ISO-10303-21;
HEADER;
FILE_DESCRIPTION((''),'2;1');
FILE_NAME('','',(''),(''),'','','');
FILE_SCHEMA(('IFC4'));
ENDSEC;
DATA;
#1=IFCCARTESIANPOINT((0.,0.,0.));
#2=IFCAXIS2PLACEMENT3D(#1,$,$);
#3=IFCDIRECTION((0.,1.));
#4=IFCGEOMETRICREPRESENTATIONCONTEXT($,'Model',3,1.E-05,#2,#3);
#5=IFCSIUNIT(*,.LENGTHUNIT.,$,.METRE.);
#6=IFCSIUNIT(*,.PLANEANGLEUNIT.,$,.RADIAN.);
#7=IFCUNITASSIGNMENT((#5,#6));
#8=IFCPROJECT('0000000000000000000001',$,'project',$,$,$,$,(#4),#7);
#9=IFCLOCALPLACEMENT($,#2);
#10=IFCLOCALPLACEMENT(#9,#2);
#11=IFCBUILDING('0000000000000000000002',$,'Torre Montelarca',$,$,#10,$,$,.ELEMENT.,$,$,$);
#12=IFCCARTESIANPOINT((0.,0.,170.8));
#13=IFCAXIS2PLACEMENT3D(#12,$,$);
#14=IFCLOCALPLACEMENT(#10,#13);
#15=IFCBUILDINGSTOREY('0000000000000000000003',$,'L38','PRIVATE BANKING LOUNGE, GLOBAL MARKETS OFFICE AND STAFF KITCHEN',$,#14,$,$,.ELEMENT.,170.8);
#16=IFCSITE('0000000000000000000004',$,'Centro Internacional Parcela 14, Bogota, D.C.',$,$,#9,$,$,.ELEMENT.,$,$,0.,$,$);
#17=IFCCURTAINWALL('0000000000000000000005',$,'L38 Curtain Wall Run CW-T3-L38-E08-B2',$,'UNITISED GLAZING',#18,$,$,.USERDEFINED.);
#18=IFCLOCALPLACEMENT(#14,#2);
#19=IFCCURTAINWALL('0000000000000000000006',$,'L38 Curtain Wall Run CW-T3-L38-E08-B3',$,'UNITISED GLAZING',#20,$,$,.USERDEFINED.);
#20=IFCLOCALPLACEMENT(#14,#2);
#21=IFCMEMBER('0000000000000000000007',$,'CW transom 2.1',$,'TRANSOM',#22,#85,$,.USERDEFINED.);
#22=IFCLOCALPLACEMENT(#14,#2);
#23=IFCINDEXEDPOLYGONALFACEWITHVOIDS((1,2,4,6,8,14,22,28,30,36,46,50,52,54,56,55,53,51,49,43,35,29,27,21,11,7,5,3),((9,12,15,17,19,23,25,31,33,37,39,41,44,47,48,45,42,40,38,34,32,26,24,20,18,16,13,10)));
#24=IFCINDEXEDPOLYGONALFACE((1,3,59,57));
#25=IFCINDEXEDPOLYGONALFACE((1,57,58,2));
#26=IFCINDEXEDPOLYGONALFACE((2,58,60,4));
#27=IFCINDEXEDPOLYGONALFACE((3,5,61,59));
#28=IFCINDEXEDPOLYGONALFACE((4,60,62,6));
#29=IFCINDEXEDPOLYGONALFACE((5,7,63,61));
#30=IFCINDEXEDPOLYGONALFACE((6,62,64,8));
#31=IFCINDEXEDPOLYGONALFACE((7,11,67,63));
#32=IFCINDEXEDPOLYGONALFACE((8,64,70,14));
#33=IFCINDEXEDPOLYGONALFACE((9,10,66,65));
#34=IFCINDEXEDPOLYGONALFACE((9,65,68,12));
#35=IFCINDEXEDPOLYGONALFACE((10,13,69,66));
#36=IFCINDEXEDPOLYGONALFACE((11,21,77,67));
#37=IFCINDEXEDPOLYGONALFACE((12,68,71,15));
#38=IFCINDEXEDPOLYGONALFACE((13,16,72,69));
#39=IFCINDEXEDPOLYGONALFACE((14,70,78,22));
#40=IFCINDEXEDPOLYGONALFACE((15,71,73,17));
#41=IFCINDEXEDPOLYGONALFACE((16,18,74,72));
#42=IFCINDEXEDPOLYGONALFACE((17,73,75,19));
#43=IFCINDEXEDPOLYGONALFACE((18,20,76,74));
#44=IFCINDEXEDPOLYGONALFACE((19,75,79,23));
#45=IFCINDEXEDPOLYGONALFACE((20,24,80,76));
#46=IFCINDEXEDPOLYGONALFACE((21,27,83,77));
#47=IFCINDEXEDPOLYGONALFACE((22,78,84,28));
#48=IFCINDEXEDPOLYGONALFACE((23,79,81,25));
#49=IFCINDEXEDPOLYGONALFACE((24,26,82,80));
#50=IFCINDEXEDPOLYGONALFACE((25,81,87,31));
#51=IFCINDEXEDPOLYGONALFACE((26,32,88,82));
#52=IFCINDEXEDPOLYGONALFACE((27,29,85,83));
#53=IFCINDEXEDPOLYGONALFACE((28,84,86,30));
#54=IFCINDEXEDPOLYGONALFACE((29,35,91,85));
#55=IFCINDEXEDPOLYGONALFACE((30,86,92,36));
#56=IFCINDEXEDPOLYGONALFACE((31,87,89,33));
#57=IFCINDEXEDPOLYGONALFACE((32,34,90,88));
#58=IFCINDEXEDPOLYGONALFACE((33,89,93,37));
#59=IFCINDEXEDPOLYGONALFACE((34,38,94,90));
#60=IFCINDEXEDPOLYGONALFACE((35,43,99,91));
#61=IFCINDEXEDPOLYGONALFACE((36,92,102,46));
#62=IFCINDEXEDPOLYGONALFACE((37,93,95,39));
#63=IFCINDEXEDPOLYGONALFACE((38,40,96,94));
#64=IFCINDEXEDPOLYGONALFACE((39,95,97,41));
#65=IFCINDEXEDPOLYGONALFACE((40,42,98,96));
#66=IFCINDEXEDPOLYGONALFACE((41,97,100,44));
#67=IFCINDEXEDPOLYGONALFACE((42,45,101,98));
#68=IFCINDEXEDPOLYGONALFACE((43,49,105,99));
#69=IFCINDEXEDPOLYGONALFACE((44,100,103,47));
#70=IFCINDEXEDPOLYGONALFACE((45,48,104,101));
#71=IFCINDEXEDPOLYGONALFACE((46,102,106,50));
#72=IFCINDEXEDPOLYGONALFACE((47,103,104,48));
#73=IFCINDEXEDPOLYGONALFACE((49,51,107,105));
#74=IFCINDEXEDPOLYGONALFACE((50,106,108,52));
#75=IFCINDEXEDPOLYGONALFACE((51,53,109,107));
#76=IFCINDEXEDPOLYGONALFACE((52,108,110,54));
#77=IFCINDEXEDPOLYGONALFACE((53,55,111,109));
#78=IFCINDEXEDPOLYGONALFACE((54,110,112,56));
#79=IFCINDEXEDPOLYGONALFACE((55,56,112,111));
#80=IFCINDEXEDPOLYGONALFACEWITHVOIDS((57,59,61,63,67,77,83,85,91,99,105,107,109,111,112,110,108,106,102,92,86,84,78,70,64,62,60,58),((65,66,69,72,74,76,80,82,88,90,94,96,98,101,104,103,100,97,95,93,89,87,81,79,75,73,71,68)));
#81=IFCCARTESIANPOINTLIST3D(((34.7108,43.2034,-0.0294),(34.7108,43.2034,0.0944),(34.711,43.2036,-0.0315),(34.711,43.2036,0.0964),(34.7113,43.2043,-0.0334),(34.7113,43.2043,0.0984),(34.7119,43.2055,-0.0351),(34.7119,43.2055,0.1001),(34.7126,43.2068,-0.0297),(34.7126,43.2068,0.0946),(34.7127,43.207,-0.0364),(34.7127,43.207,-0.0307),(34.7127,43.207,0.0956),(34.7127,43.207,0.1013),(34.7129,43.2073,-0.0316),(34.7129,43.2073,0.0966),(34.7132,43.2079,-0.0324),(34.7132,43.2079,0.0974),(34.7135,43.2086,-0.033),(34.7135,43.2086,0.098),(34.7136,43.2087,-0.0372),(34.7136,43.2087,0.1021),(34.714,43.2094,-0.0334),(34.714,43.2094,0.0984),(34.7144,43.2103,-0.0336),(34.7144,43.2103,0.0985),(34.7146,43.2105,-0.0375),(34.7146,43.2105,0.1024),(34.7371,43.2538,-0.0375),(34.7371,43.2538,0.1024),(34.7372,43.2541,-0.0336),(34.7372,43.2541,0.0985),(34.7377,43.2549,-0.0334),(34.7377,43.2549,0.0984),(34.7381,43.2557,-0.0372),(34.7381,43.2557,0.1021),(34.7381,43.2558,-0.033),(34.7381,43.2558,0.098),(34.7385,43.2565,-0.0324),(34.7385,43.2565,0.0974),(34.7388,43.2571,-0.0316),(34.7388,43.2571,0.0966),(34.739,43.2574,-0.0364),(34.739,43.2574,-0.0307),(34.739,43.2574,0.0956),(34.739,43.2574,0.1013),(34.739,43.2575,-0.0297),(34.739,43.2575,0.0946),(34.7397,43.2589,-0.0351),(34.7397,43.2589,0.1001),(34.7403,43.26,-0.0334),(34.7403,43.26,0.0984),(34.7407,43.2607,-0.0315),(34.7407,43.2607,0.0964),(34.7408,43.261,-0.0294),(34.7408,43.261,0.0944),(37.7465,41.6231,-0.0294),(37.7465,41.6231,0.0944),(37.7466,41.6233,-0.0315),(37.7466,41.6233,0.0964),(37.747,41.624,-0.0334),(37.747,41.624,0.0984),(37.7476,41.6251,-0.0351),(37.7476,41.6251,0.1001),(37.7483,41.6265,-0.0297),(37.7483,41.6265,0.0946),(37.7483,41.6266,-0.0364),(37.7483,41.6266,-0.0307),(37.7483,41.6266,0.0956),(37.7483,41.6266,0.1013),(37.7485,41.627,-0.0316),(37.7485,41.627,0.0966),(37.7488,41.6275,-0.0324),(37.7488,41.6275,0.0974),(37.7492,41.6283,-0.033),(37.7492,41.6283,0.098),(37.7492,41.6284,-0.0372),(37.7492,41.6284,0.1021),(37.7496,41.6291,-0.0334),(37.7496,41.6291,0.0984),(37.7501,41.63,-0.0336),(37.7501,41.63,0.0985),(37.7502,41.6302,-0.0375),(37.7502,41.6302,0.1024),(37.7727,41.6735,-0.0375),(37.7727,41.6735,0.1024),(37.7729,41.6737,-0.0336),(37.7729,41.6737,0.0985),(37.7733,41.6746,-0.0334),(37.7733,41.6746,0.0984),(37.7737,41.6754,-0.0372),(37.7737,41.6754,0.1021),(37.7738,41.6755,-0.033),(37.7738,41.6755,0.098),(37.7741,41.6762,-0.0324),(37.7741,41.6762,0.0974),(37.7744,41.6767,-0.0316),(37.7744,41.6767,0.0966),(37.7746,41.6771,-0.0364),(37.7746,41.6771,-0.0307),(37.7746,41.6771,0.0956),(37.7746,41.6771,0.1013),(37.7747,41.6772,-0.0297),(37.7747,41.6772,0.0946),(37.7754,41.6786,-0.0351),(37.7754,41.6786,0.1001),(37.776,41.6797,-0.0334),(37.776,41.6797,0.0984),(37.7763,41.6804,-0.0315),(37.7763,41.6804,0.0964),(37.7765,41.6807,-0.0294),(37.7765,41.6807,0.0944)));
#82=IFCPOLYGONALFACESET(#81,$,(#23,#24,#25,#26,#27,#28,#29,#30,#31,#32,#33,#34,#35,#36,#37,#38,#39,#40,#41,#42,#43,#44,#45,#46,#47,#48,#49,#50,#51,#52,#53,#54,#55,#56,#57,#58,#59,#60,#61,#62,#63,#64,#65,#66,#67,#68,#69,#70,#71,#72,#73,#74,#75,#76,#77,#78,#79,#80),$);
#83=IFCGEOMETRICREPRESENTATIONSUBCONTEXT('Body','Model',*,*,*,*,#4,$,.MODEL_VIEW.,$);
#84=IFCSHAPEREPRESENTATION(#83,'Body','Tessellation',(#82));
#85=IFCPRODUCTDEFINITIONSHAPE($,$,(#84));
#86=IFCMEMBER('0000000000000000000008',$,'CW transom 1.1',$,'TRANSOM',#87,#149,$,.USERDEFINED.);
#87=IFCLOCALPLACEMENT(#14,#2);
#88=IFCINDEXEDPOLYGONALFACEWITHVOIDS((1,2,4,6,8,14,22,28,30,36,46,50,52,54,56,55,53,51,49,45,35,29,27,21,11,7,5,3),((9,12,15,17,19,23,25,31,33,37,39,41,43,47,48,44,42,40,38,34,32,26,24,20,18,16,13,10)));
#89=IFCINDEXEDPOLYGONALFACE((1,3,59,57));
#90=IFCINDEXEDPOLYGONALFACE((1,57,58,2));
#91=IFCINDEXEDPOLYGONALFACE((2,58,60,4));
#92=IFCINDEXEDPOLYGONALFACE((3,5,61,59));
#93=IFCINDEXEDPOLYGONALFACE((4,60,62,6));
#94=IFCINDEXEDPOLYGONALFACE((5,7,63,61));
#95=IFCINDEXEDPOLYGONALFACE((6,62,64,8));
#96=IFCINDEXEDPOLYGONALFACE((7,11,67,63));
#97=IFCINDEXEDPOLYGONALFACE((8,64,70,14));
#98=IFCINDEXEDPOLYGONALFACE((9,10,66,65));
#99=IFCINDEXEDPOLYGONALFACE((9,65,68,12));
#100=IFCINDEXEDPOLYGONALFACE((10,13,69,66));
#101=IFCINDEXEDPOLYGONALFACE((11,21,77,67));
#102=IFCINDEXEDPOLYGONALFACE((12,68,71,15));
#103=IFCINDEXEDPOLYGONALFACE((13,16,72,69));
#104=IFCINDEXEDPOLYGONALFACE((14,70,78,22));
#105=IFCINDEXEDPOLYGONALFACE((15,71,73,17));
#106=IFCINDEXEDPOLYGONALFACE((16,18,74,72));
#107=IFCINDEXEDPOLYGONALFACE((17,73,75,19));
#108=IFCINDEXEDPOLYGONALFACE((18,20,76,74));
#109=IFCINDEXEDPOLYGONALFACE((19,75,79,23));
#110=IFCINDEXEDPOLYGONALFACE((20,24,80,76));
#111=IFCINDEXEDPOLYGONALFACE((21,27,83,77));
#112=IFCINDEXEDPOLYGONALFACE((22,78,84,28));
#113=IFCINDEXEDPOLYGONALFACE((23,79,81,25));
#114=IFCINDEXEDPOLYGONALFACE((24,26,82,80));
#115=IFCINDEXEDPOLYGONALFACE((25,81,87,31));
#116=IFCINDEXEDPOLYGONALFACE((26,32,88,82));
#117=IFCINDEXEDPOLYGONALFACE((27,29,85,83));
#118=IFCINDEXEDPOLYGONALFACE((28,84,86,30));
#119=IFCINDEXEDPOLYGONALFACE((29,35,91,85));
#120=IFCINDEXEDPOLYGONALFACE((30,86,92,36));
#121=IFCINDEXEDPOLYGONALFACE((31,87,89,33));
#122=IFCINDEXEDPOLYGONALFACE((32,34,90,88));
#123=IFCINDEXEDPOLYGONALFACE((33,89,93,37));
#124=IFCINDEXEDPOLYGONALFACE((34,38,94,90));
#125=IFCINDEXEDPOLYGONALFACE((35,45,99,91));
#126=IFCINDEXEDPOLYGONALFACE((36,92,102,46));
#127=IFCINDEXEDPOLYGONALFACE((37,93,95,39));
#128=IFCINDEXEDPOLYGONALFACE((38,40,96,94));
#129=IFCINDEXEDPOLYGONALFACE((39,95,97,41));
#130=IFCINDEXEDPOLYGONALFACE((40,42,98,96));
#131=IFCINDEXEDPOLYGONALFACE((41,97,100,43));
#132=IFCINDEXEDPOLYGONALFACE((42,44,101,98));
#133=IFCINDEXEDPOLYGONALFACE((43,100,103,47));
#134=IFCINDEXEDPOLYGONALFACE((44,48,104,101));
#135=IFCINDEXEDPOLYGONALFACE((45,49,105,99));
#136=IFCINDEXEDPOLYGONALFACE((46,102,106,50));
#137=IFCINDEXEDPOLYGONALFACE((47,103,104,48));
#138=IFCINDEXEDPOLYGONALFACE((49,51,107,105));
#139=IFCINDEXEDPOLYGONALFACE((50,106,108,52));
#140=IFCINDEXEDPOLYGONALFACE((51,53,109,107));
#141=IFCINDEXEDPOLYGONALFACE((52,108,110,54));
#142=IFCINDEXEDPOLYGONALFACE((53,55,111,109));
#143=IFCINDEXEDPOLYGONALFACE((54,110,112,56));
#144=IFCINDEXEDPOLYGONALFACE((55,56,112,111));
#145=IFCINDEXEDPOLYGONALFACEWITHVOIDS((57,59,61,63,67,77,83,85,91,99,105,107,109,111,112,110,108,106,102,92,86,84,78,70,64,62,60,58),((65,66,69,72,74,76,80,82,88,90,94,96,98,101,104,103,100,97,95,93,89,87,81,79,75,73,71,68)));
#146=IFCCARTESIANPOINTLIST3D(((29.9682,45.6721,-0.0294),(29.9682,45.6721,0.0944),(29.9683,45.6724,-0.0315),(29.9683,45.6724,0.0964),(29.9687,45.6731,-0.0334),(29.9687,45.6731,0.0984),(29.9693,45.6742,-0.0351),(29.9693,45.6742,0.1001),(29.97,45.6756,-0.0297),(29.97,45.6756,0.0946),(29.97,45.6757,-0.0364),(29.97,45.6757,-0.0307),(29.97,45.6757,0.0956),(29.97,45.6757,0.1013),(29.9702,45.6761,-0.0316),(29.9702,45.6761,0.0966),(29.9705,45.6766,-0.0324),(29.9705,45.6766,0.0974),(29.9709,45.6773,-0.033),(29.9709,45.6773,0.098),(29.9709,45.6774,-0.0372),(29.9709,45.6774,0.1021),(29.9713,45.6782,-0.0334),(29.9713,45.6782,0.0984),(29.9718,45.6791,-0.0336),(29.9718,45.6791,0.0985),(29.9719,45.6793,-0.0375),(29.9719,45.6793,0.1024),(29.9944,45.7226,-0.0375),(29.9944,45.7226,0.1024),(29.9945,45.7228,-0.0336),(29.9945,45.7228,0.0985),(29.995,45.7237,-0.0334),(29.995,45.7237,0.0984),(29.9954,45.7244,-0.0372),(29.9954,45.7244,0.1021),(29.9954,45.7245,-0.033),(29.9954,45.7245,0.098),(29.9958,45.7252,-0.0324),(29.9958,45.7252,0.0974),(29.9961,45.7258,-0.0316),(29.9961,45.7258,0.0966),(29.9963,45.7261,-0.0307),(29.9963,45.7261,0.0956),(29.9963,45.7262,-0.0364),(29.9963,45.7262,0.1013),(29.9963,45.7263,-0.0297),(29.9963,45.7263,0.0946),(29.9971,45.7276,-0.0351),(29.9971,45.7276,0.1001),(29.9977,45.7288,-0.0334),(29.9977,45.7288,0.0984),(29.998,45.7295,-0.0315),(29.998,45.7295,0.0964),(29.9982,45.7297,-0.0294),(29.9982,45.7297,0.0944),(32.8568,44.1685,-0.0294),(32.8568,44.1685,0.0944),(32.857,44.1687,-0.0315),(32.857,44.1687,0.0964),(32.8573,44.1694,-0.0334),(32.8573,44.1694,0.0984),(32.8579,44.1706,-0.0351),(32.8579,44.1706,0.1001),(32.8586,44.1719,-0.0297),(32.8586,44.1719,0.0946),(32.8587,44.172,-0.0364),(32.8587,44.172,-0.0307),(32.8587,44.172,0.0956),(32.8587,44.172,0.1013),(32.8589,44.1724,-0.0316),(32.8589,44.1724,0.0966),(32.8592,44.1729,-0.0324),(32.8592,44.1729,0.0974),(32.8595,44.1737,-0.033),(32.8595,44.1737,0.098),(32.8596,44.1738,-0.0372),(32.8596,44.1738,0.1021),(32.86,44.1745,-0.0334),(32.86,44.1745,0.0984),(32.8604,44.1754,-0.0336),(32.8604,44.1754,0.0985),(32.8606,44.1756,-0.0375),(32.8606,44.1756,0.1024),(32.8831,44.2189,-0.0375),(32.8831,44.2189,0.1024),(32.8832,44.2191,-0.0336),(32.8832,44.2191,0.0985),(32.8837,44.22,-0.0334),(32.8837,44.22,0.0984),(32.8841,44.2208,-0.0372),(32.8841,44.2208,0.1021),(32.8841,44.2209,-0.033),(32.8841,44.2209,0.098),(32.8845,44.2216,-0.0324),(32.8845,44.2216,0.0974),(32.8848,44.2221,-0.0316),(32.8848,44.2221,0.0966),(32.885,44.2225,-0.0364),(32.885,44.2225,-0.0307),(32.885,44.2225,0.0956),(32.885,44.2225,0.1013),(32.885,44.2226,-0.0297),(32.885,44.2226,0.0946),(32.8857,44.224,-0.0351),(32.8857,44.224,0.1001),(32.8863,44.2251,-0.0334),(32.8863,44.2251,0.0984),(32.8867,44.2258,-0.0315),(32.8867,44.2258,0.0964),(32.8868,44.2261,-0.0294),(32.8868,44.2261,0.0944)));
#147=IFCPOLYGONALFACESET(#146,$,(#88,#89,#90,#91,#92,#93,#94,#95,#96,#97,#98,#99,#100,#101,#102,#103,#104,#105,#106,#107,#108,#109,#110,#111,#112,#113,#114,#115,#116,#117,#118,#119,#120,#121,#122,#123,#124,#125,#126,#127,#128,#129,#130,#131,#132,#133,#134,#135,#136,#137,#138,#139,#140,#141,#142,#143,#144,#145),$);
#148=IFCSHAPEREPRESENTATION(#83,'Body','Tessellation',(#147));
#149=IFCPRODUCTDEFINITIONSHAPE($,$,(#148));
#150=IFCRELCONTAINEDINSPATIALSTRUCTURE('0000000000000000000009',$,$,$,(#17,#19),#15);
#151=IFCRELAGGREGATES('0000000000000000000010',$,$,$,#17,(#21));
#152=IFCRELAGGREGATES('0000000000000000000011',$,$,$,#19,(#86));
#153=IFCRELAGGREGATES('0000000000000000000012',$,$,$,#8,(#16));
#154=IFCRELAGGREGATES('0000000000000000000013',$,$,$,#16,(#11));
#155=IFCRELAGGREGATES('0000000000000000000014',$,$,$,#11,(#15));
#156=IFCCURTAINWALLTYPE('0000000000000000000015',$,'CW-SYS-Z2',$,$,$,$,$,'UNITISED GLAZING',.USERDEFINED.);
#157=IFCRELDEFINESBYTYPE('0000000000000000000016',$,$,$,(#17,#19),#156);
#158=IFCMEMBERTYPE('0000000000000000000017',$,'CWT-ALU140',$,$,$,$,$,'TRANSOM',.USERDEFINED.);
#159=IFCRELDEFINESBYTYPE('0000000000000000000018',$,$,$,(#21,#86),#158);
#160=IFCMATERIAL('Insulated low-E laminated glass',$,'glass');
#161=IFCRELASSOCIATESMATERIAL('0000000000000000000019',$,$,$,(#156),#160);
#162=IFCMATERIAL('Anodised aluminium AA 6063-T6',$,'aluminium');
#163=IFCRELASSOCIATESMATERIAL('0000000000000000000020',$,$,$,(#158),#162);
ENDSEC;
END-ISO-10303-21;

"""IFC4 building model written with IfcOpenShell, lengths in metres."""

from ifc_helpers import new_model, si_unit, direction, frame, origin, origin_2d, place, context, subcontext, project, spatial, hollow_rectangle, extrude, source, transform, mapped, material, material_profile, profile_set, type_object, element, aggregate, save


model = new_model("IFC4")

# Units and contexts
model_context = context("Model", 3, precision=1e-05, world=origin(), true_north=direction((0.0, 1.0)))
body_context = subcontext(model_context, "Body", "Model", "MODEL_VIEW")
ifc_project = project(units=[si_unit("LENGTHUNIT", "METRE"), si_unit("PLANEANGLEUNIT", "RADIAN")], contexts=[model_context])

# Site, building, storey
site_placement = place(None, origin())
site = spatial("IfcSite", under=ifc_project, at=site_placement, Name="Centro Internacional Parcela 14, Bogota, D.C.", CompositionType="ELEMENT", RefElevation=0.0)
building_placement = place(site_placement, origin())
building = spatial("IfcBuilding", under=site, at=building_placement, Name="Torre Montelarca", CompositionType="ELEMENT")
storey_placement = place(building_placement, frame((0.0, 0.0, 170.8)))
storey = spatial("IfcBuildingStorey", under=building, at=storey_placement, Name="L38", Description="PRIVATE BANKING LOUNGE, GLOBAL MARKETS OFFICE AND STAFF KITCHEN", CompositionType="ELEMENT", Elevation=170.8)

# Curtain wall
ifc_material_1 = material(Name="Insulated low-E laminated glass", Category="glass")
curtain_wall_type = type_object("IfcCurtainWallType", Name="CW-SYS-Z2", ElementType="UNITISED GLAZING", PredefinedType="USERDEFINED", material=ifc_material_1)
curtain_wall_1_placement = place(storey_placement, origin())
curtain_wall_1 = element("IfcCurtainWall", 1, at=curtain_wall_1_placement, inside=storey, type_object=curtain_wall_type, Name="L38 Curtain Wall Run CW-T3-L38-E08-B2", ObjectType="UNITISED GLAZING", PredefinedType="USERDEFINED")
ifc_material_2 = material(Name="Anodised aluminium AA 6063-T6", Category="aluminium")

# Curtain wall
curtain_wall_2_placement = place(storey_placement, origin())
curtain_wall_2 = element("IfcCurtainWall", 2, at=curtain_wall_2_placement, inside=storey, type_object=curtain_wall_type, Name="L38 Curtain Wall Run CW-T3-L38-E08-B3", ObjectType="UNITISED GLAZING", PredefinedType="USERDEFINED")

# Members
ifc_material_profile_1 = material_profile(ifc_material_2, hollow_rectangle(XDim=0.0649, YDim=0.1399, WallThickness=0.0039, InnerFilletRadius=0.0039, OuterFilletRadius=0.0081, at=origin_2d()), Name="ALU65X140X4", Category="aluminium")
ifc_profile_set_1 = profile_set([ifc_material_profile_1], Name="Anodised aluminium AA 6063-T6")
member_type_1 = type_object("IfcMemberType", Name="CWT-ALU140", ElementType="TRANSOM", PredefinedType="USERDEFINED", material=ifc_profile_set_1)
shared_shape_1 = source(origin(), body_context, "Body", "SweptSolid", [
    extrude(hollow_rectangle(XDim=0.0649, YDim=0.1399, WallThickness=0.0039, InnerFilletRadius=0.0039, OuterFilletRadius=0.0081, at=origin_2d()), origin(), (0.0, 0.0, 1.0), 3.4224),
])
member_1_placement = place(storey_placement, frame((37.7615, 41.6519, 0.0325), z_axis=(-0.887003, 0.461764, 0.0), x_axis=(-0.461764, -0.887003, 0.0)))
member_1 = element("IfcMember", 3, at=member_1_placement, type_object=member_type_1, Name="CW transom 2.1", ObjectType="TRANSOM", PredefinedType="USERDEFINED", context=body_context, shape_type="MappedRepresentation", body=[
    mapped(shared_shape_1, transform((0.0, 0.0, 0.0), scale=1.0)),
])
shared_shape_2 = source(origin(), body_context, "Body", "SweptSolid", [
    extrude(hollow_rectangle(XDim=0.0649, YDim=0.1399, WallThickness=0.0039, InnerFilletRadius=0.0039, OuterFilletRadius=0.0081, at=origin_2d()), origin(), (0.0, 0.0, 1.0), 3.2566),
])
member_2_placement = place(storey_placement, frame((32.8718, 44.1973, 0.0325), z_axis=(-0.887022, 0.461728, 0.0), x_axis=(-0.461728, -0.887022, 0.0)))
member_2 = element("IfcMember", 4, at=member_2_placement, type_object=member_type_1, Name="CW transom 1.1", ObjectType="TRANSOM", PredefinedType="USERDEFINED", context=body_context, shape_type="MappedRepresentation", body=[
    mapped(shared_shape_2, transform((0.0, 0.0, 0.0), scale=1.0)),
])

aggregate(curtain_wall_1, [member_1])
aggregate(curtain_wall_2, [member_2])

save(model, "model.ifc")
